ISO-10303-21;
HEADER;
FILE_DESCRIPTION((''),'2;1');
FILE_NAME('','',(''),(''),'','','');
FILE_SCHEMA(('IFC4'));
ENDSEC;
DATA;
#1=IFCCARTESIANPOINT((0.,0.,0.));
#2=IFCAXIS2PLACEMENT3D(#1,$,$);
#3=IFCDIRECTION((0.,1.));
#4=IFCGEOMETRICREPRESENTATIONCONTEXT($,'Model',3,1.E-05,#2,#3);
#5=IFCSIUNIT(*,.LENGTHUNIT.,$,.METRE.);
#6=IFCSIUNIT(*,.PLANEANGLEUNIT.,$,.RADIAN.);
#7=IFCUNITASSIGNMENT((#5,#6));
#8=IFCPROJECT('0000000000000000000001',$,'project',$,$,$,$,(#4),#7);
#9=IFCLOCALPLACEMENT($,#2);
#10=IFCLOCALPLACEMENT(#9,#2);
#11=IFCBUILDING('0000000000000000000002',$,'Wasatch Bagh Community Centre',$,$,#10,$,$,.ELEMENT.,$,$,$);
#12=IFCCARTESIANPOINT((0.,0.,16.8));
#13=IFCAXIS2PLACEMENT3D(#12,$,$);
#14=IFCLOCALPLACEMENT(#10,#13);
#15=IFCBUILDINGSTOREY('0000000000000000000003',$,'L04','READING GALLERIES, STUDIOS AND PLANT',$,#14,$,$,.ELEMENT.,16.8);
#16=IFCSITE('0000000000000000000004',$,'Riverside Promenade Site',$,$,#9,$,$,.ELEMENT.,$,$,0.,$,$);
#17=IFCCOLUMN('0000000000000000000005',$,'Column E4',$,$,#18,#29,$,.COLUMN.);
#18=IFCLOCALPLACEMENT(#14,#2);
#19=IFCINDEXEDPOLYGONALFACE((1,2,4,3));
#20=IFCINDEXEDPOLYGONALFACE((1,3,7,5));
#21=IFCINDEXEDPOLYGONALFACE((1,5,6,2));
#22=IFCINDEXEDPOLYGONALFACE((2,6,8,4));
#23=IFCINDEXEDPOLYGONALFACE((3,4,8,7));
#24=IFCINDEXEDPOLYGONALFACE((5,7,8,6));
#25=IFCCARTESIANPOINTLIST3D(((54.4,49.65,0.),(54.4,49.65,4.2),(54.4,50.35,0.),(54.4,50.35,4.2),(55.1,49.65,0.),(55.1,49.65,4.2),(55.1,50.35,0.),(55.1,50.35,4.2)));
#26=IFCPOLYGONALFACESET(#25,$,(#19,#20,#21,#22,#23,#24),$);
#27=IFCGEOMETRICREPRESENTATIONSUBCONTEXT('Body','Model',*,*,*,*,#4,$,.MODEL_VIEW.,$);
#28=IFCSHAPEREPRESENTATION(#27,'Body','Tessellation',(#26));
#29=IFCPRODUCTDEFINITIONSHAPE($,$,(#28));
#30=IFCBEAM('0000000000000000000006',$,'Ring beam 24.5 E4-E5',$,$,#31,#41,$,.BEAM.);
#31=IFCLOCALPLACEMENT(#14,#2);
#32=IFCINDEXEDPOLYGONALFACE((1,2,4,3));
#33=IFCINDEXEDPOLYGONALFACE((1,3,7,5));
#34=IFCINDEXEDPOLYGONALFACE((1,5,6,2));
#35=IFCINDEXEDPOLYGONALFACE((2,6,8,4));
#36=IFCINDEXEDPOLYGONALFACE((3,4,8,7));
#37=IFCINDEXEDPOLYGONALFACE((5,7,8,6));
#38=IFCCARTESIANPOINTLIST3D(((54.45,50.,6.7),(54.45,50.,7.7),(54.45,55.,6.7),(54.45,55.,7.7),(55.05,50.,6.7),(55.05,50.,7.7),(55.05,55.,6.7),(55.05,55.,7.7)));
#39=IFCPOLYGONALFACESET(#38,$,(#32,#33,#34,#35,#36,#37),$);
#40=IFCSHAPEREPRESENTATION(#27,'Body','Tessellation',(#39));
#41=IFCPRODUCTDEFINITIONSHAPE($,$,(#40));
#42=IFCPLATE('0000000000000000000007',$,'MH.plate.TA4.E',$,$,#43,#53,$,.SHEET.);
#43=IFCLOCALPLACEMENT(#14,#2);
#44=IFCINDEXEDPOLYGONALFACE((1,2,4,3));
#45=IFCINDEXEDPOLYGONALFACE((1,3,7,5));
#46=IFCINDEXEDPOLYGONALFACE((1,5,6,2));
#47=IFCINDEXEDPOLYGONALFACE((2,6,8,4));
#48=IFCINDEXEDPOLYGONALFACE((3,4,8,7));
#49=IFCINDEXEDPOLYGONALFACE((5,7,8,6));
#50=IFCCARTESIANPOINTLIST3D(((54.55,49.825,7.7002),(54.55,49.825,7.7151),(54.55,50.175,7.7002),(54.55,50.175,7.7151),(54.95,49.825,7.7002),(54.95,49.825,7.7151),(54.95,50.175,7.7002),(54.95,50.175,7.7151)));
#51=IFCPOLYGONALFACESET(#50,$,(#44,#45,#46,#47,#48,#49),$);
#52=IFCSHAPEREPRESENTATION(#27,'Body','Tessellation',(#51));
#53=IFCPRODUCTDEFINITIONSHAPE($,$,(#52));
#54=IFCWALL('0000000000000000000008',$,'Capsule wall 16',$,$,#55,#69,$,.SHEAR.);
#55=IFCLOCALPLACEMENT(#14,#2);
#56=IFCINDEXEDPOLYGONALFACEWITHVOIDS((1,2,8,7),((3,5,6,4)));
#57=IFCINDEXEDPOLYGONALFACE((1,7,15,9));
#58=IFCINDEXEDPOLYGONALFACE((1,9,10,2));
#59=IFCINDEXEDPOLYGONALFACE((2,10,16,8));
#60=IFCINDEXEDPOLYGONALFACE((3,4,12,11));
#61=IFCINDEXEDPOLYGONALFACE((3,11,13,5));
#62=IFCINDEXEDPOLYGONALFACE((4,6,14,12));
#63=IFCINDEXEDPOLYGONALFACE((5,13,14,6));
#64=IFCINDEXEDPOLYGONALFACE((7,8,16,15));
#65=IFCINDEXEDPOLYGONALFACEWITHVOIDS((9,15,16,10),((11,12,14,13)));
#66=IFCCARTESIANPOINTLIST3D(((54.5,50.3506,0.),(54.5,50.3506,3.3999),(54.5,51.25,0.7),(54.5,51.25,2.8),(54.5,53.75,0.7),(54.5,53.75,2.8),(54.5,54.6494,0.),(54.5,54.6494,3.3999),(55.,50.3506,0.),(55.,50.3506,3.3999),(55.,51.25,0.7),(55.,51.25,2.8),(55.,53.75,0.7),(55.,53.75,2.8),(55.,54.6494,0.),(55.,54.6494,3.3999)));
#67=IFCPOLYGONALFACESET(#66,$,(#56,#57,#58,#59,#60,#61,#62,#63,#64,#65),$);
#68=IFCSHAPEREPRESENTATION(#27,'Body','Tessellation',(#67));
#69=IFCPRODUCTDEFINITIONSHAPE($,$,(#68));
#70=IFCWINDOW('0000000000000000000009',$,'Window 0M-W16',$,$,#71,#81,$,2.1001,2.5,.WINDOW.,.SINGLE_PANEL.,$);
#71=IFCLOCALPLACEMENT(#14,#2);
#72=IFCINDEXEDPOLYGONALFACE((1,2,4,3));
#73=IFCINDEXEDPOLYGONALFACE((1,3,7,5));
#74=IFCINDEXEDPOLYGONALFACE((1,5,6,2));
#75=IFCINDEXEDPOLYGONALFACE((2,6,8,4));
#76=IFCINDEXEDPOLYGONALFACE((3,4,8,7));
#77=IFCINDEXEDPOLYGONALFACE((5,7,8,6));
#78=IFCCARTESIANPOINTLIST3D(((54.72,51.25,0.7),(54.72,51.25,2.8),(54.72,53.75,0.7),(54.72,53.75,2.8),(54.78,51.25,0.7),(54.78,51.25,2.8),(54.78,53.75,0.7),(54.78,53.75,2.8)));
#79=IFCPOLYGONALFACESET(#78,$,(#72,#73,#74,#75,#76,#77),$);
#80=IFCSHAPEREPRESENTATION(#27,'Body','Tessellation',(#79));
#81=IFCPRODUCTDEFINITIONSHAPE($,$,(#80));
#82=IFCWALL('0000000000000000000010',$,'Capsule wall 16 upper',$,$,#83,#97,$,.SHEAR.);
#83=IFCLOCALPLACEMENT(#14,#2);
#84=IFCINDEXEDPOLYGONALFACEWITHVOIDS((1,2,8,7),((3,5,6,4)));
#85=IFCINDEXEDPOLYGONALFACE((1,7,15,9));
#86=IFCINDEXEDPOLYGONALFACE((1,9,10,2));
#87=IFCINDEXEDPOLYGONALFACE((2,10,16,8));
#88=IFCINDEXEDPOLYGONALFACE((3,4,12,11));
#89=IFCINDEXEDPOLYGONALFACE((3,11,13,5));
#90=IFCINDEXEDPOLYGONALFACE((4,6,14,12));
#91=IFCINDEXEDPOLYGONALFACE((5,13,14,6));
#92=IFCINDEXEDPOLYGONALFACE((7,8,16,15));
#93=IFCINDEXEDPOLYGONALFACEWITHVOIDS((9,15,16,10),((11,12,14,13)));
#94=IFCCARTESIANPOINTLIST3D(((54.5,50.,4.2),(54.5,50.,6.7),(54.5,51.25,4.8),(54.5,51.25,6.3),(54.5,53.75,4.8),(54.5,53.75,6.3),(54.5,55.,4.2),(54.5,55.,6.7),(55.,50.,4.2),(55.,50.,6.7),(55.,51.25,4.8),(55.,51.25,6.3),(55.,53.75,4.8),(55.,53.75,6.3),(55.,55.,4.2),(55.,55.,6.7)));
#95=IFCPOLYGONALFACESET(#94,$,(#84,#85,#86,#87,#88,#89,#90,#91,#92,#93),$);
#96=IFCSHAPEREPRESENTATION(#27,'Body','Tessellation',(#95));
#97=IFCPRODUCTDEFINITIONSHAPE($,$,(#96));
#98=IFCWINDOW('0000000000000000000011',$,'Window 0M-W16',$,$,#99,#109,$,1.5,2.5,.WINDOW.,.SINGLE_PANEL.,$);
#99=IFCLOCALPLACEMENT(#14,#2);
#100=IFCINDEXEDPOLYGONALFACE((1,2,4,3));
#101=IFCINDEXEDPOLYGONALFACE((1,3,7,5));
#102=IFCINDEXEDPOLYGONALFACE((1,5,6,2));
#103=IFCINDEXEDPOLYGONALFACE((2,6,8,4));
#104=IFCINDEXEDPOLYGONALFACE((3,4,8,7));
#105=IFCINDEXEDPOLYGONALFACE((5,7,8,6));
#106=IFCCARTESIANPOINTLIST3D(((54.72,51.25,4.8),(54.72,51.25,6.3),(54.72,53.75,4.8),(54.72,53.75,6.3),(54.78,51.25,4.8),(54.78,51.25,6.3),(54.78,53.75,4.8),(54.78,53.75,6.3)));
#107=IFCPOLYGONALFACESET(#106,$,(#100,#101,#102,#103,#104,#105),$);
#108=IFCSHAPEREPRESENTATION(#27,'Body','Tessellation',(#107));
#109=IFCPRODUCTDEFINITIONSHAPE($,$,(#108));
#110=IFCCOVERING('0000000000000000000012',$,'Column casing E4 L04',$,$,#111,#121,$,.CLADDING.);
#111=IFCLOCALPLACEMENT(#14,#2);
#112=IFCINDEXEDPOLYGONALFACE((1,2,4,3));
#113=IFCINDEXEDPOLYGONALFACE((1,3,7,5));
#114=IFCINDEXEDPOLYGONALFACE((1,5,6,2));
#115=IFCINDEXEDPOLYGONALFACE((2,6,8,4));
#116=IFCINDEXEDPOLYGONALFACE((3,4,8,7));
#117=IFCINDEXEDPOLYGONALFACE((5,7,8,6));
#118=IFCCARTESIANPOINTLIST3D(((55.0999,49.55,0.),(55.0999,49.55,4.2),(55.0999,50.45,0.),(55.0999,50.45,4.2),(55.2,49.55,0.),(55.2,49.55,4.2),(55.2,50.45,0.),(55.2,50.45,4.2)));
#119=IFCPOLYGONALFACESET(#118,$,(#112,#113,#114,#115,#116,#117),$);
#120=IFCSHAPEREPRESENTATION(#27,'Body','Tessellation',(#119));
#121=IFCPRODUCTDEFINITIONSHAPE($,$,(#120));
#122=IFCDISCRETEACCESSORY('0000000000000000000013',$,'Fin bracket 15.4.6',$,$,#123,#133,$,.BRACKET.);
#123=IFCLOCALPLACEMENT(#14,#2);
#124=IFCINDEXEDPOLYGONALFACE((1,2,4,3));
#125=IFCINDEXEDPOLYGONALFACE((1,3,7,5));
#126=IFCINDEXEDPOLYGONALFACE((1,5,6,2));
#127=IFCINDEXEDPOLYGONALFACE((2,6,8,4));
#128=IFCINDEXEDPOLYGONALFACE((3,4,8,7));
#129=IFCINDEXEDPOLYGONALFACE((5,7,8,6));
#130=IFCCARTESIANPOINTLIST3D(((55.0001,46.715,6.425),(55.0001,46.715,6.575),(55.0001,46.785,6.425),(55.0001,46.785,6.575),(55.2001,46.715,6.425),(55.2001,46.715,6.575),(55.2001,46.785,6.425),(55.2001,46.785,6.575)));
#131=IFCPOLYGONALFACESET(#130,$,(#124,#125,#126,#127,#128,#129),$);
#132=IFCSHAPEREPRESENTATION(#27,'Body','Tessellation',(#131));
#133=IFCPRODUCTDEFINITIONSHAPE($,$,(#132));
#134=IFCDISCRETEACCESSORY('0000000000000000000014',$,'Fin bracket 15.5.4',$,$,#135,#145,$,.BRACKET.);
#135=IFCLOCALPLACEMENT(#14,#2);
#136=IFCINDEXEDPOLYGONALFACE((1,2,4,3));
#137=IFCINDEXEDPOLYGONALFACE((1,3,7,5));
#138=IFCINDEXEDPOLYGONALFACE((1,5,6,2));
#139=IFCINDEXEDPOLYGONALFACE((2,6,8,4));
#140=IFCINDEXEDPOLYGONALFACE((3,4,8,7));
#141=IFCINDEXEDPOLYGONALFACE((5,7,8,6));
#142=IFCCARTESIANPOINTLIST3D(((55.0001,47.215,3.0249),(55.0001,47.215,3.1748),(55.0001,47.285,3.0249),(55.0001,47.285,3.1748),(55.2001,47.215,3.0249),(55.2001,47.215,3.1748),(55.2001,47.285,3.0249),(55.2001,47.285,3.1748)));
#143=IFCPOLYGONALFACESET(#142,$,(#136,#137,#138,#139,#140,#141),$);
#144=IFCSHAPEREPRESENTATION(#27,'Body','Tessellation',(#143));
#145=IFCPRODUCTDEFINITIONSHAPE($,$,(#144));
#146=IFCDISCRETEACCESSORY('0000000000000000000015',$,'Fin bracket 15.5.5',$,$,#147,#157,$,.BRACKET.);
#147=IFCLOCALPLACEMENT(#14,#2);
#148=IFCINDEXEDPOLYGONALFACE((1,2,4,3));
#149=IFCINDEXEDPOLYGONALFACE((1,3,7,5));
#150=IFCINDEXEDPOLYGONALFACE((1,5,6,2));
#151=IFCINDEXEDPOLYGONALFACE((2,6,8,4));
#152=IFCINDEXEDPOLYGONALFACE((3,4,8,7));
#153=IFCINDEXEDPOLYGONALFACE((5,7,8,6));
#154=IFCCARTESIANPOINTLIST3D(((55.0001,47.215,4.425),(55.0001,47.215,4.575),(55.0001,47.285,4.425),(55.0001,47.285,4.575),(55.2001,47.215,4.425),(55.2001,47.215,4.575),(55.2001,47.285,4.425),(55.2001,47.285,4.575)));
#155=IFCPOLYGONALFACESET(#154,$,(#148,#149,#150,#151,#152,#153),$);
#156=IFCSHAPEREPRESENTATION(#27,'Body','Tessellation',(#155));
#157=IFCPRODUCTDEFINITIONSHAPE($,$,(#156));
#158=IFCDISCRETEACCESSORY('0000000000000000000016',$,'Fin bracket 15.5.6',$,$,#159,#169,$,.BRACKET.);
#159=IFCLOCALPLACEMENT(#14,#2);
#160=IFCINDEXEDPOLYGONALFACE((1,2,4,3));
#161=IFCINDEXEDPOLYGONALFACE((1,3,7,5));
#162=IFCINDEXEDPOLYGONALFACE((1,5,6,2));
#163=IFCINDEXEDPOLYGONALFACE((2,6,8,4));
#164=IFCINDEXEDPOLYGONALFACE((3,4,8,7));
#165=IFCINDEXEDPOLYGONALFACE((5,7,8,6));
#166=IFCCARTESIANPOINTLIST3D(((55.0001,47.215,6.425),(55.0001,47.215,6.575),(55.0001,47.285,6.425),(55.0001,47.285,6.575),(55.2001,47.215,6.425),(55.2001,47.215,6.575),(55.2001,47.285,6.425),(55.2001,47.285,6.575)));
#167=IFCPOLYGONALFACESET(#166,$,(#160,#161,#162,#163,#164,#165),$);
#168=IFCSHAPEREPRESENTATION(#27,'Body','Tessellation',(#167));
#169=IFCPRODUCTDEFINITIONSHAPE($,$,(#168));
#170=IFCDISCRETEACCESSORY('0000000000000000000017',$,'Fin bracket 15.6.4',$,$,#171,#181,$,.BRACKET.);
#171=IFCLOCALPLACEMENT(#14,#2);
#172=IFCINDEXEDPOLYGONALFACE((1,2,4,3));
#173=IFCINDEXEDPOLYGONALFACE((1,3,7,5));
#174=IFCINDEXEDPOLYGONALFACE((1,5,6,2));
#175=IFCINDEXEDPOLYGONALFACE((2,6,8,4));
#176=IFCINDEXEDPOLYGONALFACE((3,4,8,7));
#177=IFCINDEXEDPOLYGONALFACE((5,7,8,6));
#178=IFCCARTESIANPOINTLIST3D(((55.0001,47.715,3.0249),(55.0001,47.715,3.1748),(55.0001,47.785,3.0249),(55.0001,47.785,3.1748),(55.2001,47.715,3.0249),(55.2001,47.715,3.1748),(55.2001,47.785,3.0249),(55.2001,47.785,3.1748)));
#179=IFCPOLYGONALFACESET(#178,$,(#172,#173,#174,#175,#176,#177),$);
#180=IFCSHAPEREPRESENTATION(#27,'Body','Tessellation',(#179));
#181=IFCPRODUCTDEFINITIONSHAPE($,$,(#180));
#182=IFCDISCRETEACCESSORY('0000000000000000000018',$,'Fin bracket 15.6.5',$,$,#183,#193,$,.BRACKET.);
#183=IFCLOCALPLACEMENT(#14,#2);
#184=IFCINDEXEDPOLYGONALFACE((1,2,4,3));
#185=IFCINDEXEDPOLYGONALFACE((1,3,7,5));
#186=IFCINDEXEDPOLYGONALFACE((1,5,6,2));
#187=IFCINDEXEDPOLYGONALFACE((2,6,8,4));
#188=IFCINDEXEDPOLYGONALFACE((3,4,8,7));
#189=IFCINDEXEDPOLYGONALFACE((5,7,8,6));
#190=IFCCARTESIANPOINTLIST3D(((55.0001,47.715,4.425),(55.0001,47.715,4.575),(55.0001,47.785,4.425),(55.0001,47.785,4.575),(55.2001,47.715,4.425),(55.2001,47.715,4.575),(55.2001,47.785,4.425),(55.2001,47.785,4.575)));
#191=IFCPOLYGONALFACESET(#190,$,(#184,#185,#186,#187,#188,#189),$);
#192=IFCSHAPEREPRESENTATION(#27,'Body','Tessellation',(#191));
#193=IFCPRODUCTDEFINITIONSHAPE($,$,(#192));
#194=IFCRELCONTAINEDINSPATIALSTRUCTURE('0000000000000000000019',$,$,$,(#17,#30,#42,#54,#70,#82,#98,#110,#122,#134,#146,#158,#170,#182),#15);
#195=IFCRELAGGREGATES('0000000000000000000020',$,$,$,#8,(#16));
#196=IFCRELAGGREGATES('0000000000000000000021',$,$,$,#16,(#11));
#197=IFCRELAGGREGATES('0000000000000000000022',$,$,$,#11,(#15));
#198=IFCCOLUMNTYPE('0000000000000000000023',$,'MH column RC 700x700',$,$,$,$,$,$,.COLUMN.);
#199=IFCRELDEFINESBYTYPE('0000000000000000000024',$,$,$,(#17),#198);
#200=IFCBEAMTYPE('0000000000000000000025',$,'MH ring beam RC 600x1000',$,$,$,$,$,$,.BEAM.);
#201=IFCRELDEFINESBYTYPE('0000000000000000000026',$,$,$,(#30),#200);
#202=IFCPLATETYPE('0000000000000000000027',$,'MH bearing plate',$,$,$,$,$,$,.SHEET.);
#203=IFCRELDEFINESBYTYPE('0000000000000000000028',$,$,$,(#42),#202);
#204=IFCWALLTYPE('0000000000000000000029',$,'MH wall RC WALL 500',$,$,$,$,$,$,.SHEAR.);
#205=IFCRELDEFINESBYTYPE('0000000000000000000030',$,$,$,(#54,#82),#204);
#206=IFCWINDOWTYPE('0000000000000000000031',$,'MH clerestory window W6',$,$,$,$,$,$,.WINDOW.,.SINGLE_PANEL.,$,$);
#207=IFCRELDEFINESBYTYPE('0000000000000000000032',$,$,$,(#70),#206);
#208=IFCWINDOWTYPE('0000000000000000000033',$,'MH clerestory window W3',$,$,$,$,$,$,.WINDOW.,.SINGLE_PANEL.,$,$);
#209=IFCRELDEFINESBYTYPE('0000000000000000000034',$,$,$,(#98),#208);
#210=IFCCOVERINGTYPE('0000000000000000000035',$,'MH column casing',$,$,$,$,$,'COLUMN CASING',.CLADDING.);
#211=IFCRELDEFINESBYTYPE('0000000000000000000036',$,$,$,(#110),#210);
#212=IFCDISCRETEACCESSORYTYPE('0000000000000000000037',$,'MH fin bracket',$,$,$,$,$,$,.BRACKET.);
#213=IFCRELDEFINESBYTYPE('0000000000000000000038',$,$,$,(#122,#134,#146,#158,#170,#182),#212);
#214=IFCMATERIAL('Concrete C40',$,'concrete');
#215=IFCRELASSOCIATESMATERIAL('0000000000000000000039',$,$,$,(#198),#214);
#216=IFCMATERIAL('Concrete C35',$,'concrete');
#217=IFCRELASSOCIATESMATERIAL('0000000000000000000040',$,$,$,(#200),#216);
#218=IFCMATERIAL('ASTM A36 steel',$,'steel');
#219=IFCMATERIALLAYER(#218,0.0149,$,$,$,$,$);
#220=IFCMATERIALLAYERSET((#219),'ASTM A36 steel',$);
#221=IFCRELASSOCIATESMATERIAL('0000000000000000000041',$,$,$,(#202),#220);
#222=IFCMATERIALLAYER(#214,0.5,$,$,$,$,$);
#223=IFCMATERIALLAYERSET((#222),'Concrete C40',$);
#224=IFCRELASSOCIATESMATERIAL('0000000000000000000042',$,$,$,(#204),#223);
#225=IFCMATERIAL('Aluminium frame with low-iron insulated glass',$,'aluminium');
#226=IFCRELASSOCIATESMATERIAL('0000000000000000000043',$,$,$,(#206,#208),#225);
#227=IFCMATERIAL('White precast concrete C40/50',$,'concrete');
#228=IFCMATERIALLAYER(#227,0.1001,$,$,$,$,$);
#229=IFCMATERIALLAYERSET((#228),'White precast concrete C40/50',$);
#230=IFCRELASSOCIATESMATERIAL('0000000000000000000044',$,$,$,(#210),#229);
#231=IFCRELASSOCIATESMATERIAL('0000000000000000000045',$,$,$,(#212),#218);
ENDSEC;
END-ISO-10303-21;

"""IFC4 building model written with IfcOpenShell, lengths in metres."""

from ifc_helpers import new_model, si_unit, direction, frame, frame_2d, origin, origin_2d, place, context, subcontext, project, spatial, rectangle, extrude, material, layer, layer_set, material_profile, profile_set, type_object, element, fill, save


model = new_model("IFC4")

# Units and contexts
model_context = context("Model", 3, precision=1e-05, world=origin(), true_north=direction((0.0, 1.0)))
body_context = subcontext(model_context, "Body", "Model", "MODEL_VIEW")
ifc_project = project(units=[si_unit("LENGTHUNIT", "METRE"), si_unit("PLANEANGLEUNIT", "RADIAN")], contexts=[model_context])

# Site, building, storey
site_placement = place(None, origin())
site = spatial("IfcSite", under=ifc_project, at=site_placement, Name="Riverside Promenade Site", CompositionType="ELEMENT", RefElevation=0.0)
building_placement = place(site_placement, origin())
building = spatial("IfcBuilding", under=site, at=building_placement, Name="Wasatch Bagh Community Centre", CompositionType="ELEMENT")
storey_placement = place(building_placement, frame((0.0, 0.0, 16.8)))
storey = spatial("IfcBuildingStorey", under=building, at=storey_placement, Name="L04", Description="READING GALLERIES, STUDIOS AND PLANT", CompositionType="ELEMENT", Elevation=16.8)

# Column
ifc_material_1 = material(Name="Concrete C40", Category="concrete")
ifc_material_profile_1 = material_profile(ifc_material_1, rectangle(XDim=0.7, YDim=0.7, at=origin_2d()), Name="RC 700x700")
ifc_profile_set_1 = profile_set([ifc_material_profile_1], Name="Concrete C40")
column_type = type_object("IfcColumnType", Name="MH column RC 700x700", PredefinedType="COLUMN", material=ifc_profile_set_1)
column_placement = place(storey_placement, frame((54.75, 50.0, 0.0), z_axis=(0.0, 0.0, 1.0), x_axis=(1.0, 0.0, 0.0)))
element("IfcColumn", 1, at=column_placement, inside=storey, type_object=column_type, Name="Column E4", PredefinedType="COLUMN", context=body_context, shape_type="SweptSolid", body=[
    extrude(rectangle(XDim=0.7, YDim=0.7, at=origin_2d()), origin(), (0.0, 0.0, 1.0), 4.2),
])

# Beam
ifc_material_2 = material(Name="Concrete C35", Category="concrete")
ifc_material_profile_2 = material_profile(ifc_material_2, rectangle(XDim=0.6001, YDim=1.0, at=origin_2d()), Name="RC 600x1000")
ifc_profile_set_2 = profile_set([ifc_material_profile_2], Name="Concrete C35")
beam_type = type_object("IfcBeamType", Name="MH ring beam RC 600x1000", PredefinedType="BEAM", material=ifc_profile_set_2)
beam_placement = place(storey_placement, frame((54.75, 50.0, 7.2), z_axis=(0.0, 1.0, 0.0), x_axis=(-1.0, 0.0, 0.0)))
element("IfcBeam", 2, at=beam_placement, inside=storey, type_object=beam_type, Name="Ring beam 24.5 E4-E5", PredefinedType="BEAM", context=body_context, shape_type="SweptSolid", body=[
    extrude(rectangle(XDim=0.6001, YDim=1.0, at=origin_2d()), origin(), (0.0, 0.0, 1.0), 5.0),
])

# Plate
ifc_material_3 = material(Name="ASTM A36 steel", Category="steel")
ifc_layer_1 = layer(ifc_material_3, 0.0149)
ifc_layer_set_1 = layer_set([ifc_layer_1], Name="ASTM A36 steel")
plate_type = type_object("IfcPlateType", Name="MH bearing plate", PredefinedType="SHEET", material=ifc_layer_set_1)
plate_placement = place(storey_placement, frame((54.75, 50.0, 7.7002), z_axis=(0.0, 0.0, 1.0), x_axis=(1.0, 0.0, 0.0)))
element("IfcPlate", 3, at=plate_placement, inside=storey, type_object=plate_type, Name="MH.plate.TA4.E", PredefinedType="SHEET", context=body_context, shape_type="SweptSolid", body=[
    extrude(rectangle(XDim=0.3999, YDim=0.3501, at=origin_2d()), origin(), (0.0, 0.0, 1.0), 0.0149),
])

# Walls, openings, windows
ifc_layer_2 = layer(ifc_material_1, 0.5)
ifc_layer_set_2 = layer_set([ifc_layer_2], Name="Concrete C40")
wall_type = type_object("IfcWallType", Name="MH wall RC WALL 500", PredefinedType="SHEAR", material=ifc_layer_set_2)
wall_1_placement = place(storey_placement, frame((54.75, 50.3506, 0.0), z_axis=(0.0, 0.0, 1.0), x_axis=(0.0, 1.0, 0.0)))
wall_1 = element("IfcWall", 4, at=wall_1_placement, inside=storey, type_object=wall_type, Name="Capsule wall 16", PredefinedType="SHEAR", context=body_context, shape_type="SweptSolid", body=[
    extrude(rectangle(XDim=4.2988, YDim=0.5, at=frame_2d((2.1494, 0.0))), origin(), (0.0, 0.0, 1.0), 3.3999),
])
opening_1_placement = place(wall_1_placement, frame((0.8994, 0.0, 0.7)))
opening_1 = element("IfcOpeningElement", 5, at=opening_1_placement, cuts=wall_1, PredefinedType="OPENING", context=body_context, shape_type="SweptSolid", body=[
    extrude(rectangle(XDim=2.5, YDim=2.1001, at=frame_2d((1.25, 1.05))), frame((0.0, 0.26, 0.0), z_axis=(0.0, -1.0, 0.0), x_axis=(1.0, 0.0, 0.0)), (0.0, 0.0, 1.0), 0.52),
])
ifc_material_4 = material(Name="Aluminium frame with low-iron insulated glass", Category="aluminium")
window_type_1 = type_object("IfcWindowType", Name="MH clerestory window W6", PartitioningType="SINGLE_PANEL", PredefinedType="WINDOW", material=ifc_material_4)
window_1_placement = place(opening_1_placement, origin())
window_1 = element("IfcWindow", 6, at=window_1_placement, inside=storey, type_object=window_type_1, Name="Window 0M-W16", OverallHeight=2.1001, OverallWidth=2.5, PartitioningType="SINGLE_PANEL", PredefinedType="WINDOW", context=body_context, shape_type="SweptSolid", body=[
    extrude(rectangle(XDim=2.5, YDim=2.1001, at=frame_2d((1.25, 1.05))), frame((0.0, 0.03, 0.0), z_axis=(0.0, -1.0, 0.0), x_axis=(1.0, 0.0, 0.0)), (0.0, 0.0, 1.0), 0.0601),
])
fill(opening_1, window_1)
wall_2_placement = place(storey_placement, frame((54.75, 50.0, 4.2), z_axis=(0.0, 0.0, 1.0), x_axis=(0.0, 1.0, 0.0)))
wall_2 = element("IfcWall", 7, at=wall_2_placement, inside=storey, type_object=wall_type, Name="Capsule wall 16 upper", PredefinedType="SHEAR", context=body_context, shape_type="SweptSolid", body=[
    extrude(rectangle(XDim=5.0, YDim=0.5, at=frame_2d((2.5, 0.0))), origin(), (0.0, 0.0, 1.0), 2.5),
])
opening_2_placement = place(wall_2_placement, frame((1.25, 0.0, 0.6001)))
opening_2 = element("IfcOpeningElement", 8, at=opening_2_placement, cuts=wall_2, PredefinedType="OPENING", context=body_context, shape_type="SweptSolid", body=[
    extrude(rectangle(XDim=2.5, YDim=1.5, at=frame_2d((1.25, 0.75))), frame((0.0, 0.26, 0.0), z_axis=(0.0, -1.0, 0.0), x_axis=(1.0, 0.0, 0.0)), (0.0, 0.0, 1.0), 0.52),
])
window_type_2 = type_object("IfcWindowType", Name="MH clerestory window W3", PartitioningType="SINGLE_PANEL", PredefinedType="WINDOW", material=ifc_material_4)
window_2_placement = place(opening_2_placement, origin())
window_2 = element("IfcWindow", 9, at=window_2_placement, inside=storey, type_object=window_type_2, Name="Window 0M-W16", OverallHeight=1.5, OverallWidth=2.5, PartitioningType="SINGLE_PANEL", PredefinedType="WINDOW", context=body_context, shape_type="SweptSolid", body=[
    extrude(rectangle(XDim=2.5, YDim=1.5, at=frame_2d((1.25, 0.75))), frame((0.0, 0.03, 0.0), z_axis=(0.0, -1.0, 0.0), x_axis=(1.0, 0.0, 0.0)), (0.0, 0.0, 1.0), 0.0601),
])
fill(opening_2, window_2)

# Covering
ifc_material_5 = material(Name="White precast concrete C40/50", Category="concrete")
ifc_layer_3 = layer(ifc_material_5, 0.1001)
ifc_layer_set_3 = layer_set([ifc_layer_3], Name="White precast concrete C40/50")
covering_type = type_object("IfcCoveringType", Name="MH column casing", ElementType="COLUMN CASING", PredefinedType="CLADDING", material=ifc_layer_set_3)
covering_placement = place(storey_placement, frame((55.1499, 50.0, 0.0), z_axis=(0.0, 0.0, 1.0), x_axis=(0.0, 1.0, 0.0)))
element("IfcCovering", 10, at=covering_placement, inside=storey, type_object=covering_type, Name="Column casing E4 L04", PredefinedType="CLADDING", context=body_context, shape_type="SweptSolid", body=[
    extrude(rectangle(XDim=0.8999, YDim=0.1001, at=origin_2d()), origin(), (0.0, 0.0, 1.0), 4.2),
])

# Discrete accessories
discrete_accessory_type_1 = type_object("IfcDiscreteAccessoryType", Name="MH fin bracket", PredefinedType="BRACKET", material=ifc_material_3)
for number, where, z_axis, x_axis, name in (
    (11, (55.1001, 46.75, 6.425), (0.0, 0.0, 1.0), (0.0, 1.0, 0.0), "Fin bracket 15.4.6"),
    (12, (55.1001, 47.25, 3.0249), (0.0, 0.0, 1.0), (0.0, 1.0, 0.0), "Fin bracket 15.5.4"),
    (13, (55.1001, 47.25, 4.425), (0.0, 0.0, 1.0), (0.0, 1.0, 0.0), "Fin bracket 15.5.5"),
    (14, (55.1001, 47.25, 6.425), (0.0, 0.0, 1.0), (0.0, 1.0, 0.0), "Fin bracket 15.5.6"),
    (15, (55.1001, 47.75, 3.0249), (0.0, 0.0, 1.0), (0.0, 1.0, 0.0), "Fin bracket 15.6.4"),
    (16, (55.1001, 47.75, 4.425), (0.0, 0.0, 1.0), (0.0, 1.0, 0.0), "Fin bracket 15.6.5"),
):
    element("IfcDiscreteAccessory", number, at=place(storey_placement, frame(where, z_axis=z_axis, x_axis=x_axis)), inside=storey, type_object=discrete_accessory_type_1, Name=name, PredefinedType="BRACKET", context=body_context, shape_type="SweptSolid", body=[
        extrude(rectangle(XDim=0.0701, YDim=0.2, at=origin_2d()), origin(), (0.0, 0.0, 1.0), 0.1499),
    ])

save(model, "model.ifc")
